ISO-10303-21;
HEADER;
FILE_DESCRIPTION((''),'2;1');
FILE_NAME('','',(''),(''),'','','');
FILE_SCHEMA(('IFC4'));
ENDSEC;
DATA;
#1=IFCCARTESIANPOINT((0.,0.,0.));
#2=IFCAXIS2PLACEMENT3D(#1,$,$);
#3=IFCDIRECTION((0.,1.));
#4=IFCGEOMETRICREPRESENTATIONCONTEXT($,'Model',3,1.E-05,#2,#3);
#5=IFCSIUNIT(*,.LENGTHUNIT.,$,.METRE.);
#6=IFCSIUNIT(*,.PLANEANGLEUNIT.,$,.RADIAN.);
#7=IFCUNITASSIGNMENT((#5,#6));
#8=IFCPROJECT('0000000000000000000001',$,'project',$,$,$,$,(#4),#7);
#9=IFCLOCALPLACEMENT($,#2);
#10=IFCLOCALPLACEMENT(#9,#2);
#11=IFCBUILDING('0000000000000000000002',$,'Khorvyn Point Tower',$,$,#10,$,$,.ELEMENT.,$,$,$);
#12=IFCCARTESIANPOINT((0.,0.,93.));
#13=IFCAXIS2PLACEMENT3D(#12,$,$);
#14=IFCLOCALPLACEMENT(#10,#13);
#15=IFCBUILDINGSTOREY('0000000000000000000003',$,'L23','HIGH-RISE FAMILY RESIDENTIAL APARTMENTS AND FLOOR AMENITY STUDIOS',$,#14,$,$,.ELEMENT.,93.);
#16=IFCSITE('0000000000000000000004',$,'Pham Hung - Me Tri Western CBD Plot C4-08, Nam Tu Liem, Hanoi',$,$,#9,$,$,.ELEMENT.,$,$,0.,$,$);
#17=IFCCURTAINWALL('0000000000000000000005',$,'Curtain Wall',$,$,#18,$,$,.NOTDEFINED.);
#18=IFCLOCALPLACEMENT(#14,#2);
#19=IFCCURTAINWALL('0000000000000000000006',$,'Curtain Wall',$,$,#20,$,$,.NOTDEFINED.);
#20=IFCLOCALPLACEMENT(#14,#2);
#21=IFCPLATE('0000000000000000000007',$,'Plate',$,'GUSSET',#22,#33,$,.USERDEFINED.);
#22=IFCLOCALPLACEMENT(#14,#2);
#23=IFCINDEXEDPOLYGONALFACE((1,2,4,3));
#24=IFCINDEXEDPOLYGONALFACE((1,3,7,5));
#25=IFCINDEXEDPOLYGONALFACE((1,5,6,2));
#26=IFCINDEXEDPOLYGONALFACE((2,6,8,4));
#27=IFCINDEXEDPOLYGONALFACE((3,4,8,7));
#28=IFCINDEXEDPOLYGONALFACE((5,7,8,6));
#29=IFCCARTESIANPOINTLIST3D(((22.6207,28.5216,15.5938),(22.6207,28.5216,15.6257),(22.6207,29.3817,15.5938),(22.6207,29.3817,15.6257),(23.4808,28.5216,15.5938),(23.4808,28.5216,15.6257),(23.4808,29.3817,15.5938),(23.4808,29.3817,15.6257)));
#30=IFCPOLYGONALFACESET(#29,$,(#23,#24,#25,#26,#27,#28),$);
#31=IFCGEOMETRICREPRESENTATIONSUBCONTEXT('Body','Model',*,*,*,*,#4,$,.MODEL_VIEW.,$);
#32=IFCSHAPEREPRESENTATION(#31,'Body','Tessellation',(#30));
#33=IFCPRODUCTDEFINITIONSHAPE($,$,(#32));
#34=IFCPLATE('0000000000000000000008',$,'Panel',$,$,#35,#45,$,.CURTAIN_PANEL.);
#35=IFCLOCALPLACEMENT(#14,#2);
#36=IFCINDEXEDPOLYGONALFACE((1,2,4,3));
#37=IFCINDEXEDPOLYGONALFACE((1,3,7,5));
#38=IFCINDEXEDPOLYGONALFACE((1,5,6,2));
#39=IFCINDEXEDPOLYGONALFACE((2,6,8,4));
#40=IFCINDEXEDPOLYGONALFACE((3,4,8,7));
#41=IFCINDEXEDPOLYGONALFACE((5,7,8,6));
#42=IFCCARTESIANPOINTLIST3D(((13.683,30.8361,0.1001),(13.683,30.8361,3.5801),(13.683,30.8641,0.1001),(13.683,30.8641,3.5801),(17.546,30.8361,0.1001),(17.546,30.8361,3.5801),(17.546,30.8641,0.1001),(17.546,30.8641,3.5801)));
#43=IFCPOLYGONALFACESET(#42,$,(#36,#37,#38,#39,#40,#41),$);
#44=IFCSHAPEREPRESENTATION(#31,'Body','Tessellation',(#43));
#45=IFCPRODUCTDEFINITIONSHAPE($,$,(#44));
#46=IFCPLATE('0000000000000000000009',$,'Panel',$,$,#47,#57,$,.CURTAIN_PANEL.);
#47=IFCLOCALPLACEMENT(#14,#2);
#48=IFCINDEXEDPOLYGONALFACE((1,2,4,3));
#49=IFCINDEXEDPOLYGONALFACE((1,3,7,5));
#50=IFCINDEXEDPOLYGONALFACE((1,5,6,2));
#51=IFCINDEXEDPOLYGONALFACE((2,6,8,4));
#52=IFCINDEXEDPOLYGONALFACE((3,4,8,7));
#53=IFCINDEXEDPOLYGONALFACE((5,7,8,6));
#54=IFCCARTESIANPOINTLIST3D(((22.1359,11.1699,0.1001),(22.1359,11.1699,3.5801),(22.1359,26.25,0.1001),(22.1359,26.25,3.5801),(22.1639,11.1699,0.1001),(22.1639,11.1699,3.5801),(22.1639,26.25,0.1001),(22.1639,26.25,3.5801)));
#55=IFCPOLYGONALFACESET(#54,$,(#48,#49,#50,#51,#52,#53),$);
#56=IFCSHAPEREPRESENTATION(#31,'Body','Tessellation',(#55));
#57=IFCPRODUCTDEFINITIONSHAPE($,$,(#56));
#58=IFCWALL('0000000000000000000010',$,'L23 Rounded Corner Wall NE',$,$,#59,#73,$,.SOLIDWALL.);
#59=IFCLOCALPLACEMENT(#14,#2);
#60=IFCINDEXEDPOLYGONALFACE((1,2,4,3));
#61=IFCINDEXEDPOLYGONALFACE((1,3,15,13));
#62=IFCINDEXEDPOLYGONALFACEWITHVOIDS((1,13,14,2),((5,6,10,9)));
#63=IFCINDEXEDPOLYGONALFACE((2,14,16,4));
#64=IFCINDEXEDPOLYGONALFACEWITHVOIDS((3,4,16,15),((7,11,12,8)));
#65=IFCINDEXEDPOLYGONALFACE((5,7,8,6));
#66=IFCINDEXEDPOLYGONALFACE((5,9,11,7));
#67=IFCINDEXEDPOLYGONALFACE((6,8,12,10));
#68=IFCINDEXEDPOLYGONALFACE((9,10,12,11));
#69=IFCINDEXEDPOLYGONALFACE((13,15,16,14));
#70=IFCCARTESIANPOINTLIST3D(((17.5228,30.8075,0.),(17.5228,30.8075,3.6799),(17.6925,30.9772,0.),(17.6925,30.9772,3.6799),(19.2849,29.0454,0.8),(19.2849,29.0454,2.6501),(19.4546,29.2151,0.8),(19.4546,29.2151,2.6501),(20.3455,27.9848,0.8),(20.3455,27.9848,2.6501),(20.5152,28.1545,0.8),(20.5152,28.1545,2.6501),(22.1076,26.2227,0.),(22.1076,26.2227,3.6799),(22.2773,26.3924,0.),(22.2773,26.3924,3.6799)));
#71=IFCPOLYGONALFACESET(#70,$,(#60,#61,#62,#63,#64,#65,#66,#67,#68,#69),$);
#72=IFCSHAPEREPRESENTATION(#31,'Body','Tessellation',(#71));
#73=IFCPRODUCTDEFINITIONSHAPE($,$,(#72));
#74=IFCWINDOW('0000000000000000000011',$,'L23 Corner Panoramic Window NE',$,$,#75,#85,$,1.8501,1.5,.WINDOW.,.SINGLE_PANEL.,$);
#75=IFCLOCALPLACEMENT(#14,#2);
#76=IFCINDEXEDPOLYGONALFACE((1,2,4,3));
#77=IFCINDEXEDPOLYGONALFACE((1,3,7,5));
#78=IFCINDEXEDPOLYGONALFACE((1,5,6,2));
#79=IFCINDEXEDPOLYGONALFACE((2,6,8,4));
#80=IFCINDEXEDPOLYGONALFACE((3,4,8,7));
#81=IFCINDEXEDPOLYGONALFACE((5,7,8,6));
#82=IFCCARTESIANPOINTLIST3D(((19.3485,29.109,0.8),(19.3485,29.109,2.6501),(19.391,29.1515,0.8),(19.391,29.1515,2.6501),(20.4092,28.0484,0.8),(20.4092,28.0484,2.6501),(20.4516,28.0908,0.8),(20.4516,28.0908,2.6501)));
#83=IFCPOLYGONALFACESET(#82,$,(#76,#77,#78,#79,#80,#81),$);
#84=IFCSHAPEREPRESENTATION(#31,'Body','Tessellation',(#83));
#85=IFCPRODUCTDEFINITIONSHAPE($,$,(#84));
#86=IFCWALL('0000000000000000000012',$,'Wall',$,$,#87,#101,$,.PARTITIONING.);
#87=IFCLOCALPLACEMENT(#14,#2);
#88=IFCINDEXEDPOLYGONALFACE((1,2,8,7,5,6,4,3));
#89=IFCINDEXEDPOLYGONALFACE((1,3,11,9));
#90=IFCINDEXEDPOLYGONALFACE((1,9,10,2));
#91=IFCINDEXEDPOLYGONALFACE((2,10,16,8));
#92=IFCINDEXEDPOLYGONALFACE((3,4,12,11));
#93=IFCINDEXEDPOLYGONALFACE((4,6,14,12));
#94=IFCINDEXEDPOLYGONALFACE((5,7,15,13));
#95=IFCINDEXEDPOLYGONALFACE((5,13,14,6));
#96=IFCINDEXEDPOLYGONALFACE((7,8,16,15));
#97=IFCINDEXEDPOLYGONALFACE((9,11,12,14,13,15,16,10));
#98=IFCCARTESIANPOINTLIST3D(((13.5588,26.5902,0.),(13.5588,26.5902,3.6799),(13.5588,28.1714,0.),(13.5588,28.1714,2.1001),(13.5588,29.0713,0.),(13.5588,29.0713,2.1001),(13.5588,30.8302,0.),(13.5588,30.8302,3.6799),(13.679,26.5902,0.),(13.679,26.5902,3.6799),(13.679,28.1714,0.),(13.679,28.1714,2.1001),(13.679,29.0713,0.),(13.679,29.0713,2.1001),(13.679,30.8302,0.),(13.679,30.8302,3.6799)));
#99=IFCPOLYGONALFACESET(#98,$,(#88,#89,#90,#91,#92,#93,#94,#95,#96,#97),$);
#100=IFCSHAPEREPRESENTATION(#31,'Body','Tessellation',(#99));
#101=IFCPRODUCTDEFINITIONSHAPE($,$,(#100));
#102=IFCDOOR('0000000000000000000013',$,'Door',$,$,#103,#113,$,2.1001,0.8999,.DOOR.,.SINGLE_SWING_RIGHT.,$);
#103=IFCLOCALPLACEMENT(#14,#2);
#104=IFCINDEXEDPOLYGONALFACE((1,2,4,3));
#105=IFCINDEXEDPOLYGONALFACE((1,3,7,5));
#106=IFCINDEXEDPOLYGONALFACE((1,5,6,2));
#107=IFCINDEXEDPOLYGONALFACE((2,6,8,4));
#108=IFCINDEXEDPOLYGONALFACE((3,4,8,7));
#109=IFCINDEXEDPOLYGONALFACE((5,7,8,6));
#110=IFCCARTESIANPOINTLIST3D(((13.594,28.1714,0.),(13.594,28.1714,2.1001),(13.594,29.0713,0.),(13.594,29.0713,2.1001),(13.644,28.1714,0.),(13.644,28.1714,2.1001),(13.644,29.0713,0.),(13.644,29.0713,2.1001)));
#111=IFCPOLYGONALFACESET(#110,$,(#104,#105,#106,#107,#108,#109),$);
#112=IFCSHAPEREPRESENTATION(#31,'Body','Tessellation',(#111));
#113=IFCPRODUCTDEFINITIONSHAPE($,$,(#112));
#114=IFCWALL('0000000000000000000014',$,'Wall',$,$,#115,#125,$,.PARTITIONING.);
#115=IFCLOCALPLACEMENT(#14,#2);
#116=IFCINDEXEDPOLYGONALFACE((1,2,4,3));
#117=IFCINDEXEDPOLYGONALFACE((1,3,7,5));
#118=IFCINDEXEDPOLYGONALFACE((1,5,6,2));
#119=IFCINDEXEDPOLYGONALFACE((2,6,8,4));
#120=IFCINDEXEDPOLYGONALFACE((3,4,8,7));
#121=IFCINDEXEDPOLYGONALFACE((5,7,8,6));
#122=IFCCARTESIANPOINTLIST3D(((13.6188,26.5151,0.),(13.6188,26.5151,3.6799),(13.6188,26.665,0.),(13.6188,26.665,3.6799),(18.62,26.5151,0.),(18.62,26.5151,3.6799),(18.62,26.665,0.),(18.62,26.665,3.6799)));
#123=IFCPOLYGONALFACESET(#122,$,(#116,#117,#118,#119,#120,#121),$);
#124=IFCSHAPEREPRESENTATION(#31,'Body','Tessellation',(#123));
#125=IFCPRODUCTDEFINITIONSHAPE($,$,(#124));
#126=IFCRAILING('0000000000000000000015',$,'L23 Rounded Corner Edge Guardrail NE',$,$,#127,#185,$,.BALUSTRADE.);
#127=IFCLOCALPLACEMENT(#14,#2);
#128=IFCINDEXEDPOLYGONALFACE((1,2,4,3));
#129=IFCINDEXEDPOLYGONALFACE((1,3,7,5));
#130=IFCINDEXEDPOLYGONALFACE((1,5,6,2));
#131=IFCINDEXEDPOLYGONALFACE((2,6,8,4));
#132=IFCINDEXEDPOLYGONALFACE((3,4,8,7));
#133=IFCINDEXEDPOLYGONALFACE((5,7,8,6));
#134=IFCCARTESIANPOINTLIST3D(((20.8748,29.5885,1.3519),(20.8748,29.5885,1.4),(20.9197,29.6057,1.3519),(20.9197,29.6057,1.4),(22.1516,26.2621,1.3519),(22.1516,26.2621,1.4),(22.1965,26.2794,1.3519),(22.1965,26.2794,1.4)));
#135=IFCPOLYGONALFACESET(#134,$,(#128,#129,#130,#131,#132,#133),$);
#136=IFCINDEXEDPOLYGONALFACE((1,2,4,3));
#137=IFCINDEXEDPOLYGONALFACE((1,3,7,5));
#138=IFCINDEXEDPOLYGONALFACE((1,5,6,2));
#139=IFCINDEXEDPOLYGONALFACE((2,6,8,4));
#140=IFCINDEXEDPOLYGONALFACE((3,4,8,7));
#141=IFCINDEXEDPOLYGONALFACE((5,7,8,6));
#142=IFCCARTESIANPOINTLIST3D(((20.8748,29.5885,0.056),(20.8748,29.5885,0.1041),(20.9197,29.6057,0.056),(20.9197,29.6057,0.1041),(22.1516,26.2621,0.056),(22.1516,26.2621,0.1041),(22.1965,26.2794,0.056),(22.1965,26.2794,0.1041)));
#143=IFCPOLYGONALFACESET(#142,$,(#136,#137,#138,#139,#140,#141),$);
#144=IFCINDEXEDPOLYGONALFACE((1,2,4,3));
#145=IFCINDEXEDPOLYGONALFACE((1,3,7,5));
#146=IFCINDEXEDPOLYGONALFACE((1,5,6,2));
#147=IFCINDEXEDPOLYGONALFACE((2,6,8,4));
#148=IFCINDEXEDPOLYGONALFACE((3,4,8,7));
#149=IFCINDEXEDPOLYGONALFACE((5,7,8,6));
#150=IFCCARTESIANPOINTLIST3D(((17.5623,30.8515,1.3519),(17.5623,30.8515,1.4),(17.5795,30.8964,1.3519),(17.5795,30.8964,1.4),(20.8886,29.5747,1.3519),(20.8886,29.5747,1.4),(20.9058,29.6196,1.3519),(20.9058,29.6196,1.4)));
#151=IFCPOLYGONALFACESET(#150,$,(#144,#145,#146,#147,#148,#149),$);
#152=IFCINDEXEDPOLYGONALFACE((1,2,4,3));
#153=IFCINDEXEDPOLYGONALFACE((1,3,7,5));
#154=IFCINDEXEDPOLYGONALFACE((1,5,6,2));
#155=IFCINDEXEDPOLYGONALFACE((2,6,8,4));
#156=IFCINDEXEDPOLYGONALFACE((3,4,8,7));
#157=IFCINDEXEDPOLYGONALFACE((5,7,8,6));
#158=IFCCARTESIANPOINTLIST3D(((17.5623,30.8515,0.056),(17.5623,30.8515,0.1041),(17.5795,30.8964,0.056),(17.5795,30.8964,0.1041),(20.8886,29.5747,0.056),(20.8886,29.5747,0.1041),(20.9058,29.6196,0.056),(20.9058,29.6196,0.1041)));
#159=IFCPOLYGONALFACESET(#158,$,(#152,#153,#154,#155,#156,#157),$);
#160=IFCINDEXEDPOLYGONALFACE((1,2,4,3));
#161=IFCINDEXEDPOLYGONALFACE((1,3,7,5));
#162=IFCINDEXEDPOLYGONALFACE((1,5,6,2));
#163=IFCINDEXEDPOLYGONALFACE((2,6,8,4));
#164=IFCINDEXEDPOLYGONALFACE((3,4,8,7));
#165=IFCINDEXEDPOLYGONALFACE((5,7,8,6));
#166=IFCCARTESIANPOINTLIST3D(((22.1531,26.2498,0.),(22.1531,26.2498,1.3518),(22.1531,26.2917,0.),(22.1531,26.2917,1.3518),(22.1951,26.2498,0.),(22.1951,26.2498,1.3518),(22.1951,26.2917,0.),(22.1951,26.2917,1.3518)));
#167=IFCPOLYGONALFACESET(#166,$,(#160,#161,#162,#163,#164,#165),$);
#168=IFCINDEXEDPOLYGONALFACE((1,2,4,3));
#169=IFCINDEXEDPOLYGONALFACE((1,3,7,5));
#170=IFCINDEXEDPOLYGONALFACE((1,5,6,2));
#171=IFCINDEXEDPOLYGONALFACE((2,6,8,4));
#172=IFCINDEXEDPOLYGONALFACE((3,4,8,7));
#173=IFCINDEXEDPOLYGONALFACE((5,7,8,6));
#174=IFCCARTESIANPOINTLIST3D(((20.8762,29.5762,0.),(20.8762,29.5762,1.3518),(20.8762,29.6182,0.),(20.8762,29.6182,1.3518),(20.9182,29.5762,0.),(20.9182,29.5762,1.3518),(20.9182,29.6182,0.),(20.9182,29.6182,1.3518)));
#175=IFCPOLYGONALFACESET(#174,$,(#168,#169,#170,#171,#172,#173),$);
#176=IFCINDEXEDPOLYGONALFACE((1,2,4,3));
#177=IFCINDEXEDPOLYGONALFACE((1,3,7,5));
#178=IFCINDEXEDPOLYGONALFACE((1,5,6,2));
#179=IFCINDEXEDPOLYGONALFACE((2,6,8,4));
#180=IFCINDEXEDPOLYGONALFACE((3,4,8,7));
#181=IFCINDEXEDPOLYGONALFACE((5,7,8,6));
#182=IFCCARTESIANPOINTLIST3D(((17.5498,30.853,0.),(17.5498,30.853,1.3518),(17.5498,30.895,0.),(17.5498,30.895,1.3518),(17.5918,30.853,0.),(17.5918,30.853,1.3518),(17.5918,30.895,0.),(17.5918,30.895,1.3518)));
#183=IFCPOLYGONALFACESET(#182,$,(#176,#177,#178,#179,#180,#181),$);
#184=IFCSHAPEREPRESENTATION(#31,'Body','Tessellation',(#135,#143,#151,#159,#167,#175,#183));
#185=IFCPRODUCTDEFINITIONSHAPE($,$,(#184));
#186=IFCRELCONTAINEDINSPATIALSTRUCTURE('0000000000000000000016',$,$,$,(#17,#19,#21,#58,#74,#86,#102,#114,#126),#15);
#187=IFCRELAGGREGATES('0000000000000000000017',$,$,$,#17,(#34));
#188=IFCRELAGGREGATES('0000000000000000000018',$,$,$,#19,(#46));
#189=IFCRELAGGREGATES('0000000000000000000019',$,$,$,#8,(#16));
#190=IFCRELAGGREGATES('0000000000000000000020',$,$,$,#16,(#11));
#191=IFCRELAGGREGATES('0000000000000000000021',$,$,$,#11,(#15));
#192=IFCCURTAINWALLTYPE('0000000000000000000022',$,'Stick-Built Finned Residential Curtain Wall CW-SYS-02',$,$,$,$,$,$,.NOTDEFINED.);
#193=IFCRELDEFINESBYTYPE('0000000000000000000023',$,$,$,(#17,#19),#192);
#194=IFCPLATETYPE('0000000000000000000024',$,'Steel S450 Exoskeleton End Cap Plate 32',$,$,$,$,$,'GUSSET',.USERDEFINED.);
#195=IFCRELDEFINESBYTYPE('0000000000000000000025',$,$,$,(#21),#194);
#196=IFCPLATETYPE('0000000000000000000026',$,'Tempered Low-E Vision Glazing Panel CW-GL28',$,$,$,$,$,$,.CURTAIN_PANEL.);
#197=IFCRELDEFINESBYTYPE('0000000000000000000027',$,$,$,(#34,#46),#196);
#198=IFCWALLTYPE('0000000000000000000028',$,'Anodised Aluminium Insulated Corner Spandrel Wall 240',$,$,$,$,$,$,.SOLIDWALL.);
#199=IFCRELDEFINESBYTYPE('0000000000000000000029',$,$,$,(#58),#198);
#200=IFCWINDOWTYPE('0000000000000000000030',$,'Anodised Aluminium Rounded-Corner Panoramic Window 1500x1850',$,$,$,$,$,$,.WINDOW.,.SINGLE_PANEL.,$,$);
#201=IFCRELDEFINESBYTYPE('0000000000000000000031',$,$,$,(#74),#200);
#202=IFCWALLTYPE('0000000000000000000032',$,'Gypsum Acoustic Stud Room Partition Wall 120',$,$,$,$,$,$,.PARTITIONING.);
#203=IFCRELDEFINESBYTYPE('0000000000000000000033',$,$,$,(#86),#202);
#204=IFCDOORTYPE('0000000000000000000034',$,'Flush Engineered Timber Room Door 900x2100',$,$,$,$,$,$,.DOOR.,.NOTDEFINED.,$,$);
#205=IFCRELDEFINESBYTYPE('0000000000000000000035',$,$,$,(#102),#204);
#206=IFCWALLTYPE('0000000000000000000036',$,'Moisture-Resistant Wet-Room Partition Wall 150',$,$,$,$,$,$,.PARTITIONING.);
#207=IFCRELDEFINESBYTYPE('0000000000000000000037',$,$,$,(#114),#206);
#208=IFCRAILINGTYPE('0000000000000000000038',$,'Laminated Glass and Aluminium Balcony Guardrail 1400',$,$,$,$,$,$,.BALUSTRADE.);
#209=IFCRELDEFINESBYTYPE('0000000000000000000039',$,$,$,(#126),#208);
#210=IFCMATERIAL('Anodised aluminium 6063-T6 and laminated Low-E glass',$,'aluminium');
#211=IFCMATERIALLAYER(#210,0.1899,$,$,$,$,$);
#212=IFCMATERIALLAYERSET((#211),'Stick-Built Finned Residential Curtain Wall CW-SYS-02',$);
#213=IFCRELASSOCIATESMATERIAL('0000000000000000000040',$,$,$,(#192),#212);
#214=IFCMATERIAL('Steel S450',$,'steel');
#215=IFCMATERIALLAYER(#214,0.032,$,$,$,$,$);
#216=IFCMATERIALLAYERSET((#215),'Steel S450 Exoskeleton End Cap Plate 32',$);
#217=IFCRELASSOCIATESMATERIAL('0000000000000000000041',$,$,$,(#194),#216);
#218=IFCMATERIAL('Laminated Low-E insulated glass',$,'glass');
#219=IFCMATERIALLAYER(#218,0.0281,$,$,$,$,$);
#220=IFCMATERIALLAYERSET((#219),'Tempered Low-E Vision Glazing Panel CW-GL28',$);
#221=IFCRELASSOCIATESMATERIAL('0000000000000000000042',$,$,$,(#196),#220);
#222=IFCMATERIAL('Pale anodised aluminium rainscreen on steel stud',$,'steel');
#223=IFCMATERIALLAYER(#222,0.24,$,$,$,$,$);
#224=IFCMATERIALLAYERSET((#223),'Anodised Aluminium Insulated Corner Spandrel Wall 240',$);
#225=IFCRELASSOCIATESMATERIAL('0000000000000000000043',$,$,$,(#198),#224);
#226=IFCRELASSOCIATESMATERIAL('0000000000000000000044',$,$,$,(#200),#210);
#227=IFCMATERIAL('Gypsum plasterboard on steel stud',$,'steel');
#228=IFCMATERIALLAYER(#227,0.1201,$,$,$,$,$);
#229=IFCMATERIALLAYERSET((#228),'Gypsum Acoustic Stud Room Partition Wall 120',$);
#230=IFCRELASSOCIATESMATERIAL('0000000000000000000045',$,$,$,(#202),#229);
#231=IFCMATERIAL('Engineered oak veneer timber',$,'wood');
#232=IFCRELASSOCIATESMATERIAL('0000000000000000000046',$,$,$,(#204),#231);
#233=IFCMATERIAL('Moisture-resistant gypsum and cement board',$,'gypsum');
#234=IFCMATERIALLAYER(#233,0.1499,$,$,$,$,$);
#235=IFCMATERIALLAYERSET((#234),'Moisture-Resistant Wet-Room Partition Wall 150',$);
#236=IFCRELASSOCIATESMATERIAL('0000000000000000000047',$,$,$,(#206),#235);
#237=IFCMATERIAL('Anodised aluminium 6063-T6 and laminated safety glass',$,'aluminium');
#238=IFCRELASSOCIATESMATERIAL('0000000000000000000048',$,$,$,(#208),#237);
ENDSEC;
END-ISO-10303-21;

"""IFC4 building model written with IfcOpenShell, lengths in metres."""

from ifc_helpers import new_model, si_unit, direction, frame, frame_2d, origin, origin_2d, place, context, subcontext, project, spatial, rectangle, extrude, material, layer, layer_set, type_object, element, fill, aggregate, save


model = new_model("IFC4")

# Units and contexts
model_context = context("Model", 3, precision=1e-05, world=origin(), true_north=direction((0.0, 1.0)))
body_context = subcontext(model_context, "Body", "Model", "MODEL_VIEW")
ifc_project = project(units=[si_unit("LENGTHUNIT", "METRE"), si_unit("PLANEANGLEUNIT", "RADIAN")], contexts=[model_context])

# Site, building, storey
site_placement = place(None, origin())
site = spatial("IfcSite", under=ifc_project, at=site_placement, Name="Pham Hung - Me Tri Western CBD Plot C4-08, Nam Tu Liem, Hanoi", CompositionType="ELEMENT", RefElevation=0.0)
building_placement = place(site_placement, origin())
building = spatial("IfcBuilding", under=site, at=building_placement, Name="Khorvyn Point Tower", CompositionType="ELEMENT")
storey_placement = place(building_placement, frame((0.0, 0.0, 93.0)))
storey = spatial("IfcBuildingStorey", under=building, at=storey_placement, Name="L23", Description="HIGH-RISE FAMILY RESIDENTIAL APARTMENTS AND FLOOR AMENITY STUDIOS", CompositionType="ELEMENT", Elevation=93.0)

# Shared definitions
ifc_material_1 = material(Name="Steel S450", Category="steel")

# Curtain wall
ifc_material_2 = material(Name="Anodised aluminium 6063-T6 and laminated Low-E glass", Category="aluminium")
ifc_layer_1 = layer(ifc_material_2, 0.1899)
ifc_layer_set_1 = layer_set([ifc_layer_1], Name="Stick-Built Finned Residential Curtain Wall CW-SYS-02")
curtain_wall_type = type_object("IfcCurtainWallType", Name="Stick-Built Finned Residential Curtain Wall CW-SYS-02", PredefinedType="NOTDEFINED", material=ifc_layer_set_1)
curtain_wall_1_placement = place(storey_placement, origin())
curtain_wall_1 = element("IfcCurtainWall", 1, at=curtain_wall_1_placement, inside=storey, type_object=curtain_wall_type, Name="Curtain Wall", PredefinedType="NOTDEFINED")

# Curtain wall
curtain_wall_2_placement = place(storey_placement, origin())
curtain_wall_2 = element("IfcCurtainWall", 2, at=curtain_wall_2_placement, inside=storey, type_object=curtain_wall_type, Name="Curtain Wall", PredefinedType="NOTDEFINED")

# Plates
ifc_layer_2 = layer(ifc_material_1, 0.032)
ifc_layer_set_2 = layer_set([ifc_layer_2], Name="Steel S450 Exoskeleton End Cap Plate 32")
plate_type_1 = type_object("IfcPlateType", Name="Steel S450 Exoskeleton End Cap Plate 32", ElementType="GUSSET", PredefinedType="USERDEFINED", material=ifc_layer_set_2)
plate_1_placement = place(storey_placement, frame((23.0508, 28.9517, 15.5938), z_axis=(0.0, 0.0, 1.0), x_axis=(1.0, 0.0, 0.0)))
element("IfcPlate", 3, at=plate_1_placement, inside=storey, type_object=plate_type_1, Name="Plate", ObjectType="GUSSET", PredefinedType="USERDEFINED", context=body_context, shape_type="SweptSolid", body=[
    extrude(rectangle(XDim=0.8601, YDim=0.8601, at=origin_2d()), origin(), (0.0, 0.0, 1.0), 0.032),
])
ifc_material_3 = material(Name="Laminated Low-E insulated glass", Category="glass")
ifc_layer_3 = layer(ifc_material_3, 0.0281)
ifc_layer_set_3 = layer_set([ifc_layer_3], Name="Tempered Low-E Vision Glazing Panel CW-GL28")
plate_type_2 = type_object("IfcPlateType", Name="Tempered Low-E Vision Glazing Panel CW-GL28", PredefinedType="CURTAIN_PANEL", material=ifc_layer_set_3)
plate_2_placement = place(storey_placement, frame((15.6145, 30.8501, 0.1001), z_axis=(0.0, 0.0, 1.0), x_axis=(1.0, 0.0, 0.0)))
plate_2 = element("IfcPlate", 4, at=plate_2_placement, type_object=plate_type_2, Name="Panel", PredefinedType="CURTAIN_PANEL", context=body_context, shape_type="SweptSolid", body=[
    extrude(rectangle(XDim=3.863, YDim=0.0281, at=origin_2d()), origin(), (0.0, 0.0, 1.0), 3.48),
])
aggregate(curtain_wall_1, [plate_2])
plate_3_placement = place(storey_placement, frame((22.1499, 18.71, 0.1001), z_axis=(0.0, 0.0, 1.0), x_axis=(0.0, -1.0, 0.0)))
plate_3 = element("IfcPlate", 5, at=plate_3_placement, type_object=plate_type_2, Name="Panel", PredefinedType="CURTAIN_PANEL", context=body_context, shape_type="SweptSolid", body=[
    extrude(rectangle(XDim=15.0801, YDim=0.0281, at=origin_2d()), origin(), (0.0, 0.0, 1.0), 3.48),
])
aggregate(curtain_wall_2, [plate_3])

# Wall, opening, window
ifc_material_4 = material(Name="Pale anodised aluminium rainscreen on steel stud", Category="steel")
ifc_layer_4 = layer(ifc_material_4, 0.24)
ifc_layer_set_4 = layer_set([ifc_layer_4], Name="Anodised Aluminium Insulated Corner Spandrel Wall 240")
wall_type_1 = type_object("IfcWallType", Name="Anodised Aluminium Insulated Corner Spandrel Wall 240", PredefinedType="SOLIDWALL", material=ifc_layer_set_4)
wall_1_placement = place(storey_placement, frame((17.6077, 30.8923, 0.0), z_axis=(0.0, 0.0, 1.0), x_axis=(0.707107, -0.707107, 0.0)))
wall_1 = element("IfcWall", 6, at=wall_1_placement, inside=storey, type_object=wall_type_1, Name="L23 Rounded Corner Wall NE", PredefinedType="SOLIDWALL", context=body_context, shape_type="SweptSolid", body=[
    extrude(rectangle(XDim=6.4839, YDim=0.24, at=frame_2d((3.2419, 0.0))), origin(), (0.0, 0.0, 1.0), 3.6799),
])
opening_1_placement = place(wall_1_placement, frame((2.4919, 0.0, 0.8)))
opening_1 = element("IfcOpeningElement", 7, at=opening_1_placement, cuts=wall_1, PredefinedType="OPENING", context=body_context, shape_type="SweptSolid", body=[
    extrude(rectangle(XDim=1.5, YDim=1.8501, at=frame_2d((0.75, 0.925))), frame((0.0, 0.1299, 0.0), z_axis=(0.0, -1.0, 0.0), x_axis=(1.0, 0.0, 0.0)), (0.0, 0.0, 1.0), 0.26),
])
window_type = type_object("IfcWindowType", Name="Anodised Aluminium Rounded-Corner Panoramic Window 1500x1850", PartitioningType="SINGLE_PANEL", PredefinedType="WINDOW", material=ifc_material_2)
window_placement = place(opening_1_placement, origin())
window = element("IfcWindow", 8, at=window_placement, inside=storey, type_object=window_type, Name="L23 Corner Panoramic Window NE", OverallHeight=1.8501, OverallWidth=1.5, PartitioningType="SINGLE_PANEL", PredefinedType="WINDOW", context=body_context, shape_type="SweptSolid", body=[
    extrude(rectangle(XDim=1.5, YDim=1.8501, at=frame_2d((0.75, 0.925))), frame((0.0, 0.03, 0.0), z_axis=(0.0, -1.0, 0.0), x_axis=(1.0, 0.0, 0.0)), (0.0, 0.0, 1.0), 0.0601),
])
fill(opening_1, window)

# Wall, opening, door
ifc_material_5 = material(Name="Gypsum plasterboard on steel stud", Category="steel")
ifc_layer_5 = layer(ifc_material_5, 0.1201)
ifc_layer_set_5 = layer_set([ifc_layer_5], Name="Gypsum Acoustic Stud Room Partition Wall 120")
wall_type_2 = type_object("IfcWallType", Name="Gypsum Acoustic Stud Room Partition Wall 120", PredefinedType="PARTITIONING", material=ifc_layer_set_5)
wall_2_placement = place(storey_placement, frame((13.6189, 26.5901, 0.0), z_axis=(0.0, 0.0, 1.0), x_axis=(0.0, 1.0, 0.0)))
wall_2 = element("IfcWall", 9, at=wall_2_placement, inside=storey, type_object=wall_type_2, Name="Wall", PredefinedType="PARTITIONING", context=body_context, shape_type="SweptSolid", body=[
    extrude(rectangle(XDim=4.24, YDim=0.1201, at=frame_2d((2.1201, 0.0))), origin(), (0.0, 0.0, 1.0), 3.6799),
])
opening_2_placement = place(wall_2_placement, frame((1.5813, 0.0, 0.0)))
opening_2 = element("IfcOpeningElement", 10, at=opening_2_placement, cuts=wall_2, PredefinedType="OPENING", context=body_context, shape_type="SweptSolid", body=[
    extrude(rectangle(XDim=0.8999, YDim=2.1001, at=frame_2d((0.45, 1.05))), frame((0.0, 0.0701, 0.0), z_axis=(0.0, -1.0, 0.0), x_axis=(1.0, 0.0, 0.0)), (0.0, 0.0, 1.0), 0.1401),
])
ifc_material_6 = material(Name="Engineered oak veneer timber", Category="wood")
door_type = type_object("IfcDoorType", Name="Flush Engineered Timber Room Door 900x2100", OperationType="NOTDEFINED", PredefinedType="DOOR", material=ifc_material_6)
door_placement = place(opening_2_placement, origin())
door = element("IfcDoor", 11, at=door_placement, inside=storey, type_object=door_type, Name="Door", OperationType="SINGLE_SWING_RIGHT", OverallHeight=2.1001, OverallWidth=0.8999, PredefinedType="DOOR", context=body_context, shape_type="SweptSolid", body=[
    extrude(rectangle(XDim=0.8999, YDim=2.1001, at=frame_2d((0.45, 1.05))), frame((0.0, 0.0249, 0.0), z_axis=(0.0, -1.0, 0.0), x_axis=(1.0, 0.0, 0.0)), (0.0, 0.0, 1.0), 0.05),
])
fill(opening_2, door)

# Wall
ifc_material_7 = material(Name="Moisture-resistant gypsum and cement board", Category="gypsum")
ifc_layer_6 = layer(ifc_material_7, 0.1499)
ifc_layer_set_6 = layer_set([ifc_layer_6], Name="Moisture-Resistant Wet-Room Partition Wall 150")
wall_type_3 = type_object("IfcWallType", Name="Moisture-Resistant Wet-Room Partition Wall 150", PredefinedType="PARTITIONING", material=ifc_layer_set_6)
wall_3_placement = place(storey_placement, frame((13.6189, 26.5901, 0.0), z_axis=(0.0, 0.0, 1.0), x_axis=(1.0, 0.0, 0.0)))
element("IfcWall", 12, at=wall_3_placement, inside=storey, type_object=wall_type_3, Name="Wall", PredefinedType="PARTITIONING", context=body_context, shape_type="SweptSolid", body=[
    extrude(rectangle(XDim=5.0012, YDim=0.1499, at=frame_2d((2.5005, 0.0))), origin(), (0.0, 0.0, 1.0), 3.6799),
])

# Railing
ifc_material_8 = material(Name="Anodised aluminium 6063-T6 and laminated safety glass", Category="aluminium")
railing_type = type_object("IfcRailingType", Name="Laminated Glass and Aluminium Balcony Guardrail 1400", PredefinedType="BALUSTRADE", material=ifc_material_8)
railing_placement = place(storey_placement, frame((22.1741, 26.2708, 0.0)))
element("IfcRailing", 13, at=railing_placement, inside=storey, type_object=railing_type, Name="L23 Rounded Corner Edge Guardrail NE", PredefinedType="BALUSTRADE", context=body_context, shape_type="SweptSolid", body=[
    extrude(rectangle(XDim=0.0481, YDim=0.0481, at=origin_2d()), frame((0.0, 0.0, 1.376), z_axis=(-0.358359, 0.933584, 0.0), x_axis=(-0.933584, -0.358359, 0.0)), (0.0, 0.0, 1.0), 3.563),
    extrude(rectangle(XDim=0.0481, YDim=0.0481, at=origin_2d()), frame((0.0, 0.0, 0.0801), z_axis=(-0.358359, 0.933584, 0.0), x_axis=(-0.933584, -0.358359, 0.0)), (0.0, 0.0, 1.0), 3.563),
    extrude(rectangle(XDim=0.0481, YDim=0.0481, at=origin_2d()), frame((-1.2769, 3.3264, 1.376), z_axis=(-0.933584, 0.358359, 0.0), x_axis=(-0.358359, -0.933584, 0.0)), (0.0, 0.0, 1.0), 3.563),
    extrude(rectangle(XDim=0.0481, YDim=0.0481, at=origin_2d()), frame((-1.2769, 3.3264, 0.0801), z_axis=(-0.933584, 0.358359, 0.0), x_axis=(-0.358359, -0.933584, 0.0)), (0.0, 0.0, 1.0), 3.563),
    extrude(rectangle(XDim=0.042, YDim=0.042, at=origin_2d()), origin(), (0.0, 0.0, 1.0), 1.3518),
    extrude(rectangle(XDim=0.042, YDim=0.042, at=origin_2d()), frame((-1.2769, 3.3264, 0.0)), (0.0, 0.0, 1.0), 1.3518),
    extrude(rectangle(XDim=0.042, YDim=0.042, at=origin_2d()), frame((-4.6033, 4.6033, 0.0)), (0.0, 0.0, 1.0), 1.3518),
])

save(model, "model.ifc")
